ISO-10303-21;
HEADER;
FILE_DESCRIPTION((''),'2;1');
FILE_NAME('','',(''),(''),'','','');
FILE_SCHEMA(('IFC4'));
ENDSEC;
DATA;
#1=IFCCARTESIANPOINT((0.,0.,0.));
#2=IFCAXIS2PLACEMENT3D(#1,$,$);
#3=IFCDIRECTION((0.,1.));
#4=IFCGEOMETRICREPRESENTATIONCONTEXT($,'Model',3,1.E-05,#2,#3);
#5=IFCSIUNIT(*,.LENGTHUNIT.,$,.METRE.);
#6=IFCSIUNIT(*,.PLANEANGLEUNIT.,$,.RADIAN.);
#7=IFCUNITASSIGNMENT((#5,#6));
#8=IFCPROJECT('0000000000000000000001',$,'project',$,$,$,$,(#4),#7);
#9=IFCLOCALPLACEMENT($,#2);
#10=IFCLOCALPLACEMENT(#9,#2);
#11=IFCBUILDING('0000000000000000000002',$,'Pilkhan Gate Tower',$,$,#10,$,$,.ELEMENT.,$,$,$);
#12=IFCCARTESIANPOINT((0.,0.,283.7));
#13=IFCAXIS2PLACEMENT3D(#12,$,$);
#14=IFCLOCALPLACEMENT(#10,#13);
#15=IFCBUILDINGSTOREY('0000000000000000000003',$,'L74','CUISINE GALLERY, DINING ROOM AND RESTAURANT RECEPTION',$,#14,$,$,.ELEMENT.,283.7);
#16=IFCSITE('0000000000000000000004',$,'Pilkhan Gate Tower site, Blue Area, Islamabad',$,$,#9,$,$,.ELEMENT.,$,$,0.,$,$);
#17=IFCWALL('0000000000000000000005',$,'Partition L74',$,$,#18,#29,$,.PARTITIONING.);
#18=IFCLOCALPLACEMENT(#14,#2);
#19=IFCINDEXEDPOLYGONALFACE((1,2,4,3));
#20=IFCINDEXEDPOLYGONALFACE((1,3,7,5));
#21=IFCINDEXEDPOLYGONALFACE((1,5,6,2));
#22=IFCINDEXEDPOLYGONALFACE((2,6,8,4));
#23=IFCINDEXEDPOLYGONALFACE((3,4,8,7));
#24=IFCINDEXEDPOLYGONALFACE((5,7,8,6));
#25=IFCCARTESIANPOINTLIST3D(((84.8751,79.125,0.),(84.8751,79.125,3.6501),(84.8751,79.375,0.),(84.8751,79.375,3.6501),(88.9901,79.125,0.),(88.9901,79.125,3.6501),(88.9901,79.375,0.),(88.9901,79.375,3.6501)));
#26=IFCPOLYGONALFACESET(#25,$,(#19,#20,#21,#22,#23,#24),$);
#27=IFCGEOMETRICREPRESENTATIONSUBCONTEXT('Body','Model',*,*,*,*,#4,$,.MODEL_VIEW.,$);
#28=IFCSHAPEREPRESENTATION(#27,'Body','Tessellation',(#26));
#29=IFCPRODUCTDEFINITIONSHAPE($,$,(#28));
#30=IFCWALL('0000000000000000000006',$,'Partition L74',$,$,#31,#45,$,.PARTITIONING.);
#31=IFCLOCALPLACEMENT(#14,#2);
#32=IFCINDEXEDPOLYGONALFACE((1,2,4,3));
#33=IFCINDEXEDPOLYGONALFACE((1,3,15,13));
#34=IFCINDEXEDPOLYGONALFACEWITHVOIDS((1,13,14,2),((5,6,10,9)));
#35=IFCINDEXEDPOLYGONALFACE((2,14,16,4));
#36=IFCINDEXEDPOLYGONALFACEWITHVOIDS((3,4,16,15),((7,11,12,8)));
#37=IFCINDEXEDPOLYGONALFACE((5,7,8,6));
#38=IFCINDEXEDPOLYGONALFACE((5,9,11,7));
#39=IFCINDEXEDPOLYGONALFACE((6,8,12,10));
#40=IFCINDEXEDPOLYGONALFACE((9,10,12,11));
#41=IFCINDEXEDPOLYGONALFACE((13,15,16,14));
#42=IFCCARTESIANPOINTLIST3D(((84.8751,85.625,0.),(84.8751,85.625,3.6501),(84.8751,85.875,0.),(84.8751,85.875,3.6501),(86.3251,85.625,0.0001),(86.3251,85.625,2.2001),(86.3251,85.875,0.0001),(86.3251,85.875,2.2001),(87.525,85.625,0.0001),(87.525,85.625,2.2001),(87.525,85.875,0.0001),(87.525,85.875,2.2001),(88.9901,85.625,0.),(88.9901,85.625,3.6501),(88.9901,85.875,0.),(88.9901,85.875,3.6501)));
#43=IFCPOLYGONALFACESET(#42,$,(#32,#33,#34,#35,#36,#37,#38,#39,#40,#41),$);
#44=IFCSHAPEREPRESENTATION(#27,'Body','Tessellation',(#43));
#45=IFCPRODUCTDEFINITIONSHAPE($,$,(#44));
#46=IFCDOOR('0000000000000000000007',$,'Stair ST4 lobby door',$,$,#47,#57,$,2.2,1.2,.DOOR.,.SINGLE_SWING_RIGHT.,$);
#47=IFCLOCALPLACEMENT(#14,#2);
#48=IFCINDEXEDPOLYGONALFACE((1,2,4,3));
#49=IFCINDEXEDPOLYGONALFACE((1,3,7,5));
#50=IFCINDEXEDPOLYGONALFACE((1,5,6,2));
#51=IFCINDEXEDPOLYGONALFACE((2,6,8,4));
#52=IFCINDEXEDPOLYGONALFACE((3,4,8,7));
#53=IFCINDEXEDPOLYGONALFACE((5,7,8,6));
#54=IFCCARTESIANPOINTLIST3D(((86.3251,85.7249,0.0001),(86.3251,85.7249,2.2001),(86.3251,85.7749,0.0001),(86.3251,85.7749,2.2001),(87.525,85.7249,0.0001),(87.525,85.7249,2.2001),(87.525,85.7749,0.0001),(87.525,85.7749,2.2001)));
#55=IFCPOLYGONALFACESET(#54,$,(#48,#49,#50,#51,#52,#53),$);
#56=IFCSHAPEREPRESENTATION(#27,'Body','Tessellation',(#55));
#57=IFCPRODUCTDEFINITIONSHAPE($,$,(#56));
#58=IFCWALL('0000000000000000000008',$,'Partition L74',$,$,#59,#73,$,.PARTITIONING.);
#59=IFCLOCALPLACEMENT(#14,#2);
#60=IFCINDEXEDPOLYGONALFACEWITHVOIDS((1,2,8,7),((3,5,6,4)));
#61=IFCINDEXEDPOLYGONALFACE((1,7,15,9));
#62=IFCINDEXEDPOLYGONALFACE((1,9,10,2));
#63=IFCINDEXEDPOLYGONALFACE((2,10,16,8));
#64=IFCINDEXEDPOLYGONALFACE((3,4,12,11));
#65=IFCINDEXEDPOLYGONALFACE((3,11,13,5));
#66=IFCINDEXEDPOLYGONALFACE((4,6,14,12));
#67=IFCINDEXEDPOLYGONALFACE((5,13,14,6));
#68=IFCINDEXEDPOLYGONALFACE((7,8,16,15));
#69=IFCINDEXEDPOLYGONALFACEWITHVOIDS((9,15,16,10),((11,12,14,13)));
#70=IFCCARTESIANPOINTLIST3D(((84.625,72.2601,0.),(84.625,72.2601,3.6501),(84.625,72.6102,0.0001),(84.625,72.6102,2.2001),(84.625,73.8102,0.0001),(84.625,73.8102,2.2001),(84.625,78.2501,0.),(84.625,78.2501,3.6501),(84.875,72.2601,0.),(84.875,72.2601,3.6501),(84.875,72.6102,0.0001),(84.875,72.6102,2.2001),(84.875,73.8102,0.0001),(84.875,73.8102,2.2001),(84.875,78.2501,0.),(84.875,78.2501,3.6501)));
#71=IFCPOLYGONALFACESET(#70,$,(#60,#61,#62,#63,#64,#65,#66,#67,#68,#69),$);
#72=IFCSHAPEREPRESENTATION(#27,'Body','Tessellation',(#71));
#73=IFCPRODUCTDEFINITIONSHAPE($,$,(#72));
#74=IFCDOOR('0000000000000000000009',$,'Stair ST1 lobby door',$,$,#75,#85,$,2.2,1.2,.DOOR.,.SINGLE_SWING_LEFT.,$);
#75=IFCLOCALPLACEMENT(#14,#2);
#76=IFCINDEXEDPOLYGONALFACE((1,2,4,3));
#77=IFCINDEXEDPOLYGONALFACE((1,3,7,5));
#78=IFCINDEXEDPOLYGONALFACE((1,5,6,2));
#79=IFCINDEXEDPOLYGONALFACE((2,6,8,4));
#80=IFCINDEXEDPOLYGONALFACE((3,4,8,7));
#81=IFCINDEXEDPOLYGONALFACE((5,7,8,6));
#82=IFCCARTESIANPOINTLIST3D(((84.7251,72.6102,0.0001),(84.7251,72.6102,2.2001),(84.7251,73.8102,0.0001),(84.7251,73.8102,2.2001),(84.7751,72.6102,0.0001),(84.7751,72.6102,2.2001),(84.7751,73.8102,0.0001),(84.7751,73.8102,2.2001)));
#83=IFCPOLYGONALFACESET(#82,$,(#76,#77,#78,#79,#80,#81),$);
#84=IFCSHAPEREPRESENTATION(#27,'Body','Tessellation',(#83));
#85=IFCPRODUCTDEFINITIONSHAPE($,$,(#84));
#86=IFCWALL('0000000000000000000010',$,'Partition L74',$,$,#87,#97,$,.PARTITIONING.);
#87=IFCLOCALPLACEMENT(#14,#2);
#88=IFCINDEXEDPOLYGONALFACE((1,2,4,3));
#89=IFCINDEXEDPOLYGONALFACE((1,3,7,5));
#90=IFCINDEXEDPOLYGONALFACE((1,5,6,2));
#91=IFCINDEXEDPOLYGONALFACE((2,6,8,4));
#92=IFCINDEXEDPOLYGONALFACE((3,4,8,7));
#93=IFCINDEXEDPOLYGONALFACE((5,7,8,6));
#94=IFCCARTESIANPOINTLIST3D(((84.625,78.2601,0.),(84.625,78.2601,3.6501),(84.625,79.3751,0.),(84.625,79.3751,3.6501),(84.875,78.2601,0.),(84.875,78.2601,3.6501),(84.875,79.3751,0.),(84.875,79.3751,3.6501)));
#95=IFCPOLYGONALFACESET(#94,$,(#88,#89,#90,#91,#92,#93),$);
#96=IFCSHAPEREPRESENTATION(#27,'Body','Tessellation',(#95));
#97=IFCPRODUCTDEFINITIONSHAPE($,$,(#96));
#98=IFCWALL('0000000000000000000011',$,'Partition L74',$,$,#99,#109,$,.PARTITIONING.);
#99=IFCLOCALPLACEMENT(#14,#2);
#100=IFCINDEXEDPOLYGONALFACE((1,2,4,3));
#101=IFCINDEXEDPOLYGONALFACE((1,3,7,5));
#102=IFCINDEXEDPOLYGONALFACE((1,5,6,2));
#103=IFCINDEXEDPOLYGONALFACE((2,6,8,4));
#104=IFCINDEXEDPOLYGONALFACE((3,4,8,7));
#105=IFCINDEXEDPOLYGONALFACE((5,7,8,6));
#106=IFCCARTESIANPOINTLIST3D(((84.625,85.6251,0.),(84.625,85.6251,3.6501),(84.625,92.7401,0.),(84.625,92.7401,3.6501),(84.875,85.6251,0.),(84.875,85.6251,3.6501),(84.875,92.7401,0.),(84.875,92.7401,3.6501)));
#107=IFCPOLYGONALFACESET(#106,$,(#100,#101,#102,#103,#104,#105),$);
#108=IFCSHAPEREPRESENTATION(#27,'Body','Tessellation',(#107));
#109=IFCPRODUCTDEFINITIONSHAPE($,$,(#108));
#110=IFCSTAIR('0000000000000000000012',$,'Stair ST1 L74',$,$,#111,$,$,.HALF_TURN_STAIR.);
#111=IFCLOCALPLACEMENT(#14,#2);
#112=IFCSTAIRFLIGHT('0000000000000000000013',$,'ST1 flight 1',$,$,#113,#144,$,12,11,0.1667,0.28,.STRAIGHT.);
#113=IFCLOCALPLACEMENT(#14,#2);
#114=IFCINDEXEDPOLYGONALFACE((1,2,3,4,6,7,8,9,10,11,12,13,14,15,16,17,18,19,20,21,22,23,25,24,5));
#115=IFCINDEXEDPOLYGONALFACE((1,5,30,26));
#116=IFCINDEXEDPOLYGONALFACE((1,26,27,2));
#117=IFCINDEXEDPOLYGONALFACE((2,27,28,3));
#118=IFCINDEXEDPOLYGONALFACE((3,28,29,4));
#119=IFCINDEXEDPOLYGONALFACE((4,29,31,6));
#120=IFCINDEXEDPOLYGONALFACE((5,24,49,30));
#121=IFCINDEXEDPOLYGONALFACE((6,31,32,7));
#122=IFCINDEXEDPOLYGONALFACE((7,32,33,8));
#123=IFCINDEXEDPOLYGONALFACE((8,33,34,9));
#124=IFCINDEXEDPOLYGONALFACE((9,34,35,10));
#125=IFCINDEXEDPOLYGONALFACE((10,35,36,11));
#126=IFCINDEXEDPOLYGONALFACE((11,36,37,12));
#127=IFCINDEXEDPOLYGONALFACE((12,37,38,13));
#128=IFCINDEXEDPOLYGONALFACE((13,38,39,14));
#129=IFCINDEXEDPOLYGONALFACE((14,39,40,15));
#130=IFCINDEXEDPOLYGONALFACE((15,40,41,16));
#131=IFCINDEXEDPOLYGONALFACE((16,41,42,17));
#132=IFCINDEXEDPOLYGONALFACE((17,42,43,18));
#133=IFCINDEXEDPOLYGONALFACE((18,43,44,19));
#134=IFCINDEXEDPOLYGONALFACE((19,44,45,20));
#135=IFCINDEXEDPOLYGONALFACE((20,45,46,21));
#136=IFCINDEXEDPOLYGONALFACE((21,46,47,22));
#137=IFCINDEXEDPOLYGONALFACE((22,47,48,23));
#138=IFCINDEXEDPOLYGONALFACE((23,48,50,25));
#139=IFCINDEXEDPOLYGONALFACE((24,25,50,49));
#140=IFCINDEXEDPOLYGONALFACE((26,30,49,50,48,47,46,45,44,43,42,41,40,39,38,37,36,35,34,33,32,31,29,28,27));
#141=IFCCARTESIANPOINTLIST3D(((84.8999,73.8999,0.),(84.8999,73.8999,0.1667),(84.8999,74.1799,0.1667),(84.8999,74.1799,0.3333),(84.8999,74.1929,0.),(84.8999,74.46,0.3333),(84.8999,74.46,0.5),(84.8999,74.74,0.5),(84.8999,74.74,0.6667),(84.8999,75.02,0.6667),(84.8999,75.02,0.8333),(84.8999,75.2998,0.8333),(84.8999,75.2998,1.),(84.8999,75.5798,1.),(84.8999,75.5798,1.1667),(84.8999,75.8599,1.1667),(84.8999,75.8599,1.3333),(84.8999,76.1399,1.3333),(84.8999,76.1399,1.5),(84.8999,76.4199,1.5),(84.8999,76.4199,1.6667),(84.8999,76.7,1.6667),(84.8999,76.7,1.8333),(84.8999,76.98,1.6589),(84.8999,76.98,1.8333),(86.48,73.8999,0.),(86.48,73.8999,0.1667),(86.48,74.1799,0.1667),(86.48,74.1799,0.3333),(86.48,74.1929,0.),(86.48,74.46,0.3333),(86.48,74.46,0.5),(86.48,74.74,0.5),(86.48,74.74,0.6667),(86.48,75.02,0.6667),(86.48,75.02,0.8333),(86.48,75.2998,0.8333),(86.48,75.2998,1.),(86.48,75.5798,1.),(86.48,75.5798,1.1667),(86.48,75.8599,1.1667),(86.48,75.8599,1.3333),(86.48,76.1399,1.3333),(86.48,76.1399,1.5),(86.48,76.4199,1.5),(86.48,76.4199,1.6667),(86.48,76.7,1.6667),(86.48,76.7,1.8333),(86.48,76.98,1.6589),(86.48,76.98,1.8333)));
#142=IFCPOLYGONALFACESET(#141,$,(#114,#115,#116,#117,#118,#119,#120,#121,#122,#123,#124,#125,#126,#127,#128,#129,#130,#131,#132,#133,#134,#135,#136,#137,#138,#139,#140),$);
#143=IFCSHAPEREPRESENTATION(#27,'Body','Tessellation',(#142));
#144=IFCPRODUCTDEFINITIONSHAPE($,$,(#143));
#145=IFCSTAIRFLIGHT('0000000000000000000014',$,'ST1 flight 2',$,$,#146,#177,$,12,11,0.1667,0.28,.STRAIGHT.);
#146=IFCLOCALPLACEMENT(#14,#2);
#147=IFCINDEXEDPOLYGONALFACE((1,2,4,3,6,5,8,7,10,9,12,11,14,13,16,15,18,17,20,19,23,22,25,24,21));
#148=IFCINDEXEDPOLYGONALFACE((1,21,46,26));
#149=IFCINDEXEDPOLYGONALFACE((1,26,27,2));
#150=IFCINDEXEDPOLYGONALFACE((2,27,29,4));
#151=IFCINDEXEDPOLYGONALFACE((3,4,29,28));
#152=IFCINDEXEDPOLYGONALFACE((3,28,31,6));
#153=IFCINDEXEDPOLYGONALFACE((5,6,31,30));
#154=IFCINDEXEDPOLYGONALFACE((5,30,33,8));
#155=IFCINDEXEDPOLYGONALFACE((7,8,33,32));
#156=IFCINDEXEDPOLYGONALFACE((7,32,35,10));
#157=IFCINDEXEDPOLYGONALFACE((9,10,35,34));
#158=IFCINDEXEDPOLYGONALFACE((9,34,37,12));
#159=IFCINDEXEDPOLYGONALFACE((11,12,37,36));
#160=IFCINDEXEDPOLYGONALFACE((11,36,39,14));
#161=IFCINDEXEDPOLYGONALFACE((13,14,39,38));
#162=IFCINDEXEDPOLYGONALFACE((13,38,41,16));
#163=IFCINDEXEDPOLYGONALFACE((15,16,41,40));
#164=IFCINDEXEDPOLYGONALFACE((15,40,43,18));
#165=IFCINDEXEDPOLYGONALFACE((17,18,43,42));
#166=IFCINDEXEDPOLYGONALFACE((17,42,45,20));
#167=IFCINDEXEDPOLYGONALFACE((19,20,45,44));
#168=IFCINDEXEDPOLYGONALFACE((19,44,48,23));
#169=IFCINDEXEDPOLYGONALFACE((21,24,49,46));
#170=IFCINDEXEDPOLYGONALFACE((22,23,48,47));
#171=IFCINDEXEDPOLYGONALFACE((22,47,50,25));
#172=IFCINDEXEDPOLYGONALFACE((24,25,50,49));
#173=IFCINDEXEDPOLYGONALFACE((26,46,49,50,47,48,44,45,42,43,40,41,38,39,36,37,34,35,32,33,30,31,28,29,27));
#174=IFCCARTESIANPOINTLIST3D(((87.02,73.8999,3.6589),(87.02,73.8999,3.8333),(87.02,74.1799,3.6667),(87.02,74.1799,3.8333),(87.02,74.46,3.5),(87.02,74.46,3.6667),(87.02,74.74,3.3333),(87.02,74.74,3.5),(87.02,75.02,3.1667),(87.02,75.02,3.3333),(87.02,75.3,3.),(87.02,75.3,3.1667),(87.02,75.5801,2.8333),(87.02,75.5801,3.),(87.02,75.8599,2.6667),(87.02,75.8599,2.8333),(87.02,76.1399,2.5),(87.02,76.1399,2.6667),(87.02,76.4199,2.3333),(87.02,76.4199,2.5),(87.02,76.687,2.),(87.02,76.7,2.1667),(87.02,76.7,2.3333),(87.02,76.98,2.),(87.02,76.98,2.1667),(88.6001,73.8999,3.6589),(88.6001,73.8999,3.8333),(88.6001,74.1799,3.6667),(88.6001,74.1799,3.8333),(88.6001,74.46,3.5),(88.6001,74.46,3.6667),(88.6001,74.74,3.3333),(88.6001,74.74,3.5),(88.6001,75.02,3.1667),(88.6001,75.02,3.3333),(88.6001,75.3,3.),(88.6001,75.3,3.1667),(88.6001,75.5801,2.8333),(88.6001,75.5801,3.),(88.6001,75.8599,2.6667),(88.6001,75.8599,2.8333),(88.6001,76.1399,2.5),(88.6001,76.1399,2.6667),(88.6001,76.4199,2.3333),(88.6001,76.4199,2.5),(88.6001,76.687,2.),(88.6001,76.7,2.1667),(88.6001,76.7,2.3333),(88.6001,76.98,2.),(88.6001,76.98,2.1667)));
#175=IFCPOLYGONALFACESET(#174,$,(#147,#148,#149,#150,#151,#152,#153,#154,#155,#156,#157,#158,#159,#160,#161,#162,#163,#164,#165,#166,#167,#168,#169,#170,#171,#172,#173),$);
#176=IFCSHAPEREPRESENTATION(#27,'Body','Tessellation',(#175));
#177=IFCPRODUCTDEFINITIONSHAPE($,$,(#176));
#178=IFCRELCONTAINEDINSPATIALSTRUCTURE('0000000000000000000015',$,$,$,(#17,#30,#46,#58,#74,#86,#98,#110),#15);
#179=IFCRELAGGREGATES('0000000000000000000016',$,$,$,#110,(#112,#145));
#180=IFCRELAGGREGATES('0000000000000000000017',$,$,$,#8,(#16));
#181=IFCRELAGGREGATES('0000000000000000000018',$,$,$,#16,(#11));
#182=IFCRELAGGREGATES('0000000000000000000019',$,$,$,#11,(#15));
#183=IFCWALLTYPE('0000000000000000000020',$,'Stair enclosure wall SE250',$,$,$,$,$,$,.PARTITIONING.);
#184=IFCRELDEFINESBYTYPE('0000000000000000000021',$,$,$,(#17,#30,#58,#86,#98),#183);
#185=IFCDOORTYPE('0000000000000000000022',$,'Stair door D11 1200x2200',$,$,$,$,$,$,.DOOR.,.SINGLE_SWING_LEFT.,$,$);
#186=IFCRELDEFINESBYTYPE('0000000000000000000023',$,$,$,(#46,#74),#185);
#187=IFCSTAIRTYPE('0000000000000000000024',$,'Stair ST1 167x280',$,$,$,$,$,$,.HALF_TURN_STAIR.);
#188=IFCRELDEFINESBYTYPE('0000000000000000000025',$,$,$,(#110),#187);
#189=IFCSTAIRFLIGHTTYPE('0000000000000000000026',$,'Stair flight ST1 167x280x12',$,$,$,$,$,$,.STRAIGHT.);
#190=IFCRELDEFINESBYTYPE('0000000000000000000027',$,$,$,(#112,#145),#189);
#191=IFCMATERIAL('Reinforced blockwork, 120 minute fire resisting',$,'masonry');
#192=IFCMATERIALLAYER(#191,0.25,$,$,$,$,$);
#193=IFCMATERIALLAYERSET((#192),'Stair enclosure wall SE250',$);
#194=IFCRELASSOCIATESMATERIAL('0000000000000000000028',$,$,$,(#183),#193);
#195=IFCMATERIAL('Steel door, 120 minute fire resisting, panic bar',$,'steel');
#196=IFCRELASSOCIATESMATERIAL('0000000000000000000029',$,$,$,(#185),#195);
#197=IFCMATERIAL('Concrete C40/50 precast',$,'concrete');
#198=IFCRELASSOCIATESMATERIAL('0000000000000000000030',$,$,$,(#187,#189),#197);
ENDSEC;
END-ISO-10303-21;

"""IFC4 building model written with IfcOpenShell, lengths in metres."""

from ifc_helpers import new_model, si_unit, direction, frame, frame_2d, origin, place, context, subcontext, project, spatial, polyline, rectangle, outline, extrude, material, layer, layer_set, type_object, element, fill, aggregate, save


model = new_model("IFC4")

# Units and contexts
model_context = context("Model", 3, precision=1e-05, world=origin(), true_north=direction((0.0, 1.0)))
body_context = subcontext(model_context, "Body", "Model", "MODEL_VIEW")
ifc_project = project(units=[si_unit("LENGTHUNIT", "METRE"), si_unit("PLANEANGLEUNIT", "RADIAN")], contexts=[model_context])

# Site, building, storey
site_placement = place(None, origin())
site = spatial("IfcSite", under=ifc_project, at=site_placement, Name="Pilkhan Gate Tower site, Blue Area, Islamabad", CompositionType="ELEMENT", RefElevation=0.0)
building_placement = place(site_placement, origin())
building = spatial("IfcBuilding", under=site, at=building_placement, Name="Pilkhan Gate Tower", CompositionType="ELEMENT")
storey_placement = place(building_placement, frame((0.0, 0.0, 283.7)))
storey = spatial("IfcBuildingStorey", under=building, at=storey_placement, Name="L74", Description="CUISINE GALLERY, DINING ROOM AND RESTAURANT RECEPTION", CompositionType="ELEMENT", Elevation=283.7)

# Wall
ifc_material_1 = material(Name="Reinforced blockwork, 120 minute fire resisting", Category="masonry")
ifc_layer_1 = layer(ifc_material_1, 0.25)
ifc_layer_set_1 = layer_set([ifc_layer_1], Name="Stair enclosure wall SE250")
wall_type_1 = type_object("IfcWallType", Name="Stair enclosure wall SE250", PredefinedType="PARTITIONING", material=ifc_layer_set_1)
wall_1_placement = place(storey_placement, frame((84.875, 79.25, 0.0), z_axis=(0.0, 0.0, 1.0), x_axis=(1.0, 0.0, 0.0)))
element("IfcWall", 1, at=wall_1_placement, inside=storey, type_object=wall_type_1, Name="Partition L74", PredefinedType="PARTITIONING", context=body_context, shape_type="SweptSolid", body=[
    extrude(rectangle(XDim=4.115, YDim=0.25, at=frame_2d((2.0576, 0.0))), origin(), (0.0, 0.0, 1.0), 3.6501),
])

# Walls, openings, doors
wall_2_placement = place(storey_placement, frame((84.875, 85.75, 0.0), z_axis=(0.0, 0.0, 1.0), x_axis=(1.0, 0.0, 0.0)))
wall_2 = element("IfcWall", 2, at=wall_2_placement, inside=storey, type_object=wall_type_1, Name="Partition L74", PredefinedType="PARTITIONING", context=body_context, shape_type="SweptSolid", body=[
    extrude(rectangle(XDim=4.115, YDim=0.25, at=frame_2d((2.0576, 0.0))), origin(), (0.0, 0.0, 1.0), 3.6501),
])
opening_1_placement = place(wall_2_placement, frame((1.45, 0.0, 0.0)))
opening_1 = element("IfcOpeningElement", 3, at=opening_1_placement, cuts=wall_2, PredefinedType="OPENING", context=body_context, shape_type="SweptSolid", body=[
    extrude(rectangle(XDim=1.2, YDim=2.2, at=frame_2d((0.6001, 1.1001))), frame((0.0, 0.135, 0.0), z_axis=(0.0, -1.0, 0.0), x_axis=(1.0, 0.0, 0.0)), (0.0, 0.0, 1.0), 0.27),
])
ifc_material_2 = material(Name="Steel door, 120 minute fire resisting, panic bar", Category="steel")
door_type_1 = type_object("IfcDoorType", Name="Stair door D11 1200x2200", OperationType="SINGLE_SWING_LEFT", PredefinedType="DOOR", material=ifc_material_2)
door_1_placement = place(opening_1_placement, origin())
door_1 = element("IfcDoor", 4, at=door_1_placement, inside=storey, type_object=door_type_1, Name="Stair ST4 lobby door", OperationType="SINGLE_SWING_RIGHT", OverallHeight=2.2, OverallWidth=1.2, PredefinedType="DOOR", context=body_context, shape_type="SweptSolid", body=[
    extrude(rectangle(XDim=1.2, YDim=2.2, at=frame_2d((0.6001, 1.1001))), frame((0.0, 0.0249, 0.0), z_axis=(0.0, -1.0, 0.0), x_axis=(1.0, 0.0, 0.0)), (0.0, 0.0, 1.0), 0.05),
])
fill(opening_1, door_1)
wall_3_placement = place(storey_placement, frame((84.75, 72.26, 0.0), z_axis=(0.0, 0.0, 1.0), x_axis=(0.0, 1.0, 0.0)))
wall_3 = element("IfcWall", 5, at=wall_3_placement, inside=storey, type_object=wall_type_1, Name="Partition L74", PredefinedType="PARTITIONING", context=body_context, shape_type="SweptSolid", body=[
    extrude(rectangle(XDim=5.99, YDim=0.25, at=frame_2d((2.9951, 0.0))), origin(), (0.0, 0.0, 1.0), 3.6501),
])
opening_2_placement = place(wall_3_placement, frame((0.3501, 0.0, 0.0)))
opening_2 = element("IfcOpeningElement", 6, at=opening_2_placement, cuts=wall_3, PredefinedType="OPENING", context=body_context, shape_type="SweptSolid", body=[
    extrude(rectangle(XDim=1.2, YDim=2.2, at=frame_2d((0.6001, 1.1001))), frame((0.0, 0.135, 0.0), z_axis=(0.0, -1.0, 0.0), x_axis=(1.0, 0.0, 0.0)), (0.0, 0.0, 1.0), 0.27),
])
door_2_placement = place(opening_2_placement, origin())
door_2 = element("IfcDoor", 7, at=door_2_placement, inside=storey, type_object=door_type_1, Name="Stair ST1 lobby door", OperationType="SINGLE_SWING_LEFT", OverallHeight=2.2, OverallWidth=1.2, PredefinedType="DOOR", context=body_context, shape_type="SweptSolid", body=[
    extrude(rectangle(XDim=1.2, YDim=2.2, at=frame_2d((0.6001, 1.1001))), frame((0.0, 0.0249, 0.0), z_axis=(0.0, -1.0, 0.0), x_axis=(1.0, 0.0, 0.0)), (0.0, 0.0, 1.0), 0.05),
])
fill(opening_2, door_2)

# Walls
wall_4_placement = place(storey_placement, frame((84.75, 78.26, 0.0), z_axis=(0.0, 0.0, 1.0), x_axis=(0.0, 1.0, 0.0)))
element("IfcWall", 8, at=wall_4_placement, inside=storey, type_object=wall_type_1, Name="Partition L74", PredefinedType="PARTITIONING", context=body_context, shape_type="SweptSolid", body=[
    extrude(rectangle(XDim=1.115, YDim=0.25, at=frame_2d((0.5576, 0.0))), origin(), (0.0, 0.0, 1.0), 3.6501),
])
wall_5_placement = place(storey_placement, frame((84.75, 85.625, 0.0), z_axis=(0.0, 0.0, 1.0), x_axis=(0.0, 1.0, 0.0)))
element("IfcWall", 9, at=wall_5_placement, inside=storey, type_object=wall_type_1, Name="Partition L74", PredefinedType="PARTITIONING", context=body_context, shape_type="SweptSolid", body=[
    extrude(rectangle(XDim=7.115, YDim=0.25, at=frame_2d((3.5576, 0.0))), origin(), (0.0, 0.0, 1.0), 3.6501),
])

# Stair, stair flights
ifc_material_3 = material(Name="Concrete C40/50 precast", Category="concrete")
stair_type = type_object("IfcStairType", Name="Stair ST1 167x280", PredefinedType="HALF_TURN_STAIR", material=ifc_material_3)
stair_placement = place(storey_placement, origin())
stair = element("IfcStair", 10, at=stair_placement, inside=storey, type_object=stair_type, Name="Stair ST1 L74", PredefinedType="HALF_TURN_STAIR")
stair_flight_type = type_object("IfcStairFlightType", Name="Stair flight ST1 167x280x12", PredefinedType="STRAIGHT", material=ifc_material_3)
stair_flight_1_placement = place(storey_placement, frame((85.6899, 73.8999, 0.0), z_axis=(0.0, 0.0, 1.0), x_axis=(0.0, 1.0, 0.0)))
stair_flight_1 = element("IfcStairFlight", 11, at=stair_flight_1_placement, type_object=stair_flight_type, Name="ST1 flight 1", NumberOfRisers=12, NumberOfTreads=11, PredefinedType="STRAIGHT", RiserHeight=0.1667, TreadLength=0.28, context=body_context, shape_type="SweptSolid", body=[
    extrude(outline(polyline([(0.0, 0.0), (0.0, 0.1667), (0.28, 0.1667), (0.28, 0.3333), (0.5601, 0.3333), (0.5601, 0.5), (0.8401, 0.5), (0.8401, 0.6667), (1.1201, 0.6667), (1.1201, 0.8333), (1.3999, 0.8333), (1.3999, 1.0), (1.6799, 1.0), (1.6799, 1.1667), (1.96, 1.1667), (1.96, 1.3333), (2.24, 1.3333), (2.24, 1.5), (2.52, 1.5), (2.52, 1.6667), (2.8, 1.6667), (2.8, 1.8333), (3.0801, 1.8333), (3.0801, 2.0), (3.0801, 1.6589), (0.293, 0.0), (0.0, 0.0)])), frame((0.0, 0.79, 0.0), z_axis=(0.0, -1.0, 0.0), x_axis=(1.0, 0.0, 0.0)), (0.0, 0.0, 1.0), 1.5801),
])
stair_flight_2_placement = place(storey_placement, frame((87.8101, 76.98, 2.0), z_axis=(0.0, 0.0, 1.0), x_axis=(0.0, -1.0, 0.0)))
stair_flight_2 = element("IfcStairFlight", 12, at=stair_flight_2_placement, type_object=stair_flight_type, Name="ST1 flight 2", NumberOfRisers=12, NumberOfTreads=11, PredefinedType="STRAIGHT", RiserHeight=0.1667, TreadLength=0.28, context=body_context, shape_type="SweptSolid", body=[
    extrude(outline(polyline([(0.0, 0.0), (0.0, 0.1667), (0.28, 0.1667), (0.28, 0.3333), (0.5601, 0.3333), (0.5601, 0.5), (0.8401, 0.5), (0.8401, 0.6667), (1.1201, 0.6667), (1.1201, 0.8333), (1.3999, 0.8333), (1.3999, 1.0), (1.6799, 1.0), (1.6799, 1.1667), (1.96, 1.1667), (1.96, 1.3333), (2.24, 1.3333), (2.24, 1.5), (2.52, 1.5), (2.52, 1.6667), (2.8, 1.6667), (2.8, 1.8333), (3.0801, 1.8333), (3.0801, 2.0), (3.0801, 1.6589), (0.293, 0.0), (0.0, 0.0)])), frame((0.0, 0.79, 0.0), z_axis=(0.0, -1.0, 0.0), x_axis=(1.0, 0.0, 0.0)), (0.0, 0.0, 1.0), 1.5801),
])
aggregate(stair, [stair_flight_1, stair_flight_2])

save(model, "model.ifc")
